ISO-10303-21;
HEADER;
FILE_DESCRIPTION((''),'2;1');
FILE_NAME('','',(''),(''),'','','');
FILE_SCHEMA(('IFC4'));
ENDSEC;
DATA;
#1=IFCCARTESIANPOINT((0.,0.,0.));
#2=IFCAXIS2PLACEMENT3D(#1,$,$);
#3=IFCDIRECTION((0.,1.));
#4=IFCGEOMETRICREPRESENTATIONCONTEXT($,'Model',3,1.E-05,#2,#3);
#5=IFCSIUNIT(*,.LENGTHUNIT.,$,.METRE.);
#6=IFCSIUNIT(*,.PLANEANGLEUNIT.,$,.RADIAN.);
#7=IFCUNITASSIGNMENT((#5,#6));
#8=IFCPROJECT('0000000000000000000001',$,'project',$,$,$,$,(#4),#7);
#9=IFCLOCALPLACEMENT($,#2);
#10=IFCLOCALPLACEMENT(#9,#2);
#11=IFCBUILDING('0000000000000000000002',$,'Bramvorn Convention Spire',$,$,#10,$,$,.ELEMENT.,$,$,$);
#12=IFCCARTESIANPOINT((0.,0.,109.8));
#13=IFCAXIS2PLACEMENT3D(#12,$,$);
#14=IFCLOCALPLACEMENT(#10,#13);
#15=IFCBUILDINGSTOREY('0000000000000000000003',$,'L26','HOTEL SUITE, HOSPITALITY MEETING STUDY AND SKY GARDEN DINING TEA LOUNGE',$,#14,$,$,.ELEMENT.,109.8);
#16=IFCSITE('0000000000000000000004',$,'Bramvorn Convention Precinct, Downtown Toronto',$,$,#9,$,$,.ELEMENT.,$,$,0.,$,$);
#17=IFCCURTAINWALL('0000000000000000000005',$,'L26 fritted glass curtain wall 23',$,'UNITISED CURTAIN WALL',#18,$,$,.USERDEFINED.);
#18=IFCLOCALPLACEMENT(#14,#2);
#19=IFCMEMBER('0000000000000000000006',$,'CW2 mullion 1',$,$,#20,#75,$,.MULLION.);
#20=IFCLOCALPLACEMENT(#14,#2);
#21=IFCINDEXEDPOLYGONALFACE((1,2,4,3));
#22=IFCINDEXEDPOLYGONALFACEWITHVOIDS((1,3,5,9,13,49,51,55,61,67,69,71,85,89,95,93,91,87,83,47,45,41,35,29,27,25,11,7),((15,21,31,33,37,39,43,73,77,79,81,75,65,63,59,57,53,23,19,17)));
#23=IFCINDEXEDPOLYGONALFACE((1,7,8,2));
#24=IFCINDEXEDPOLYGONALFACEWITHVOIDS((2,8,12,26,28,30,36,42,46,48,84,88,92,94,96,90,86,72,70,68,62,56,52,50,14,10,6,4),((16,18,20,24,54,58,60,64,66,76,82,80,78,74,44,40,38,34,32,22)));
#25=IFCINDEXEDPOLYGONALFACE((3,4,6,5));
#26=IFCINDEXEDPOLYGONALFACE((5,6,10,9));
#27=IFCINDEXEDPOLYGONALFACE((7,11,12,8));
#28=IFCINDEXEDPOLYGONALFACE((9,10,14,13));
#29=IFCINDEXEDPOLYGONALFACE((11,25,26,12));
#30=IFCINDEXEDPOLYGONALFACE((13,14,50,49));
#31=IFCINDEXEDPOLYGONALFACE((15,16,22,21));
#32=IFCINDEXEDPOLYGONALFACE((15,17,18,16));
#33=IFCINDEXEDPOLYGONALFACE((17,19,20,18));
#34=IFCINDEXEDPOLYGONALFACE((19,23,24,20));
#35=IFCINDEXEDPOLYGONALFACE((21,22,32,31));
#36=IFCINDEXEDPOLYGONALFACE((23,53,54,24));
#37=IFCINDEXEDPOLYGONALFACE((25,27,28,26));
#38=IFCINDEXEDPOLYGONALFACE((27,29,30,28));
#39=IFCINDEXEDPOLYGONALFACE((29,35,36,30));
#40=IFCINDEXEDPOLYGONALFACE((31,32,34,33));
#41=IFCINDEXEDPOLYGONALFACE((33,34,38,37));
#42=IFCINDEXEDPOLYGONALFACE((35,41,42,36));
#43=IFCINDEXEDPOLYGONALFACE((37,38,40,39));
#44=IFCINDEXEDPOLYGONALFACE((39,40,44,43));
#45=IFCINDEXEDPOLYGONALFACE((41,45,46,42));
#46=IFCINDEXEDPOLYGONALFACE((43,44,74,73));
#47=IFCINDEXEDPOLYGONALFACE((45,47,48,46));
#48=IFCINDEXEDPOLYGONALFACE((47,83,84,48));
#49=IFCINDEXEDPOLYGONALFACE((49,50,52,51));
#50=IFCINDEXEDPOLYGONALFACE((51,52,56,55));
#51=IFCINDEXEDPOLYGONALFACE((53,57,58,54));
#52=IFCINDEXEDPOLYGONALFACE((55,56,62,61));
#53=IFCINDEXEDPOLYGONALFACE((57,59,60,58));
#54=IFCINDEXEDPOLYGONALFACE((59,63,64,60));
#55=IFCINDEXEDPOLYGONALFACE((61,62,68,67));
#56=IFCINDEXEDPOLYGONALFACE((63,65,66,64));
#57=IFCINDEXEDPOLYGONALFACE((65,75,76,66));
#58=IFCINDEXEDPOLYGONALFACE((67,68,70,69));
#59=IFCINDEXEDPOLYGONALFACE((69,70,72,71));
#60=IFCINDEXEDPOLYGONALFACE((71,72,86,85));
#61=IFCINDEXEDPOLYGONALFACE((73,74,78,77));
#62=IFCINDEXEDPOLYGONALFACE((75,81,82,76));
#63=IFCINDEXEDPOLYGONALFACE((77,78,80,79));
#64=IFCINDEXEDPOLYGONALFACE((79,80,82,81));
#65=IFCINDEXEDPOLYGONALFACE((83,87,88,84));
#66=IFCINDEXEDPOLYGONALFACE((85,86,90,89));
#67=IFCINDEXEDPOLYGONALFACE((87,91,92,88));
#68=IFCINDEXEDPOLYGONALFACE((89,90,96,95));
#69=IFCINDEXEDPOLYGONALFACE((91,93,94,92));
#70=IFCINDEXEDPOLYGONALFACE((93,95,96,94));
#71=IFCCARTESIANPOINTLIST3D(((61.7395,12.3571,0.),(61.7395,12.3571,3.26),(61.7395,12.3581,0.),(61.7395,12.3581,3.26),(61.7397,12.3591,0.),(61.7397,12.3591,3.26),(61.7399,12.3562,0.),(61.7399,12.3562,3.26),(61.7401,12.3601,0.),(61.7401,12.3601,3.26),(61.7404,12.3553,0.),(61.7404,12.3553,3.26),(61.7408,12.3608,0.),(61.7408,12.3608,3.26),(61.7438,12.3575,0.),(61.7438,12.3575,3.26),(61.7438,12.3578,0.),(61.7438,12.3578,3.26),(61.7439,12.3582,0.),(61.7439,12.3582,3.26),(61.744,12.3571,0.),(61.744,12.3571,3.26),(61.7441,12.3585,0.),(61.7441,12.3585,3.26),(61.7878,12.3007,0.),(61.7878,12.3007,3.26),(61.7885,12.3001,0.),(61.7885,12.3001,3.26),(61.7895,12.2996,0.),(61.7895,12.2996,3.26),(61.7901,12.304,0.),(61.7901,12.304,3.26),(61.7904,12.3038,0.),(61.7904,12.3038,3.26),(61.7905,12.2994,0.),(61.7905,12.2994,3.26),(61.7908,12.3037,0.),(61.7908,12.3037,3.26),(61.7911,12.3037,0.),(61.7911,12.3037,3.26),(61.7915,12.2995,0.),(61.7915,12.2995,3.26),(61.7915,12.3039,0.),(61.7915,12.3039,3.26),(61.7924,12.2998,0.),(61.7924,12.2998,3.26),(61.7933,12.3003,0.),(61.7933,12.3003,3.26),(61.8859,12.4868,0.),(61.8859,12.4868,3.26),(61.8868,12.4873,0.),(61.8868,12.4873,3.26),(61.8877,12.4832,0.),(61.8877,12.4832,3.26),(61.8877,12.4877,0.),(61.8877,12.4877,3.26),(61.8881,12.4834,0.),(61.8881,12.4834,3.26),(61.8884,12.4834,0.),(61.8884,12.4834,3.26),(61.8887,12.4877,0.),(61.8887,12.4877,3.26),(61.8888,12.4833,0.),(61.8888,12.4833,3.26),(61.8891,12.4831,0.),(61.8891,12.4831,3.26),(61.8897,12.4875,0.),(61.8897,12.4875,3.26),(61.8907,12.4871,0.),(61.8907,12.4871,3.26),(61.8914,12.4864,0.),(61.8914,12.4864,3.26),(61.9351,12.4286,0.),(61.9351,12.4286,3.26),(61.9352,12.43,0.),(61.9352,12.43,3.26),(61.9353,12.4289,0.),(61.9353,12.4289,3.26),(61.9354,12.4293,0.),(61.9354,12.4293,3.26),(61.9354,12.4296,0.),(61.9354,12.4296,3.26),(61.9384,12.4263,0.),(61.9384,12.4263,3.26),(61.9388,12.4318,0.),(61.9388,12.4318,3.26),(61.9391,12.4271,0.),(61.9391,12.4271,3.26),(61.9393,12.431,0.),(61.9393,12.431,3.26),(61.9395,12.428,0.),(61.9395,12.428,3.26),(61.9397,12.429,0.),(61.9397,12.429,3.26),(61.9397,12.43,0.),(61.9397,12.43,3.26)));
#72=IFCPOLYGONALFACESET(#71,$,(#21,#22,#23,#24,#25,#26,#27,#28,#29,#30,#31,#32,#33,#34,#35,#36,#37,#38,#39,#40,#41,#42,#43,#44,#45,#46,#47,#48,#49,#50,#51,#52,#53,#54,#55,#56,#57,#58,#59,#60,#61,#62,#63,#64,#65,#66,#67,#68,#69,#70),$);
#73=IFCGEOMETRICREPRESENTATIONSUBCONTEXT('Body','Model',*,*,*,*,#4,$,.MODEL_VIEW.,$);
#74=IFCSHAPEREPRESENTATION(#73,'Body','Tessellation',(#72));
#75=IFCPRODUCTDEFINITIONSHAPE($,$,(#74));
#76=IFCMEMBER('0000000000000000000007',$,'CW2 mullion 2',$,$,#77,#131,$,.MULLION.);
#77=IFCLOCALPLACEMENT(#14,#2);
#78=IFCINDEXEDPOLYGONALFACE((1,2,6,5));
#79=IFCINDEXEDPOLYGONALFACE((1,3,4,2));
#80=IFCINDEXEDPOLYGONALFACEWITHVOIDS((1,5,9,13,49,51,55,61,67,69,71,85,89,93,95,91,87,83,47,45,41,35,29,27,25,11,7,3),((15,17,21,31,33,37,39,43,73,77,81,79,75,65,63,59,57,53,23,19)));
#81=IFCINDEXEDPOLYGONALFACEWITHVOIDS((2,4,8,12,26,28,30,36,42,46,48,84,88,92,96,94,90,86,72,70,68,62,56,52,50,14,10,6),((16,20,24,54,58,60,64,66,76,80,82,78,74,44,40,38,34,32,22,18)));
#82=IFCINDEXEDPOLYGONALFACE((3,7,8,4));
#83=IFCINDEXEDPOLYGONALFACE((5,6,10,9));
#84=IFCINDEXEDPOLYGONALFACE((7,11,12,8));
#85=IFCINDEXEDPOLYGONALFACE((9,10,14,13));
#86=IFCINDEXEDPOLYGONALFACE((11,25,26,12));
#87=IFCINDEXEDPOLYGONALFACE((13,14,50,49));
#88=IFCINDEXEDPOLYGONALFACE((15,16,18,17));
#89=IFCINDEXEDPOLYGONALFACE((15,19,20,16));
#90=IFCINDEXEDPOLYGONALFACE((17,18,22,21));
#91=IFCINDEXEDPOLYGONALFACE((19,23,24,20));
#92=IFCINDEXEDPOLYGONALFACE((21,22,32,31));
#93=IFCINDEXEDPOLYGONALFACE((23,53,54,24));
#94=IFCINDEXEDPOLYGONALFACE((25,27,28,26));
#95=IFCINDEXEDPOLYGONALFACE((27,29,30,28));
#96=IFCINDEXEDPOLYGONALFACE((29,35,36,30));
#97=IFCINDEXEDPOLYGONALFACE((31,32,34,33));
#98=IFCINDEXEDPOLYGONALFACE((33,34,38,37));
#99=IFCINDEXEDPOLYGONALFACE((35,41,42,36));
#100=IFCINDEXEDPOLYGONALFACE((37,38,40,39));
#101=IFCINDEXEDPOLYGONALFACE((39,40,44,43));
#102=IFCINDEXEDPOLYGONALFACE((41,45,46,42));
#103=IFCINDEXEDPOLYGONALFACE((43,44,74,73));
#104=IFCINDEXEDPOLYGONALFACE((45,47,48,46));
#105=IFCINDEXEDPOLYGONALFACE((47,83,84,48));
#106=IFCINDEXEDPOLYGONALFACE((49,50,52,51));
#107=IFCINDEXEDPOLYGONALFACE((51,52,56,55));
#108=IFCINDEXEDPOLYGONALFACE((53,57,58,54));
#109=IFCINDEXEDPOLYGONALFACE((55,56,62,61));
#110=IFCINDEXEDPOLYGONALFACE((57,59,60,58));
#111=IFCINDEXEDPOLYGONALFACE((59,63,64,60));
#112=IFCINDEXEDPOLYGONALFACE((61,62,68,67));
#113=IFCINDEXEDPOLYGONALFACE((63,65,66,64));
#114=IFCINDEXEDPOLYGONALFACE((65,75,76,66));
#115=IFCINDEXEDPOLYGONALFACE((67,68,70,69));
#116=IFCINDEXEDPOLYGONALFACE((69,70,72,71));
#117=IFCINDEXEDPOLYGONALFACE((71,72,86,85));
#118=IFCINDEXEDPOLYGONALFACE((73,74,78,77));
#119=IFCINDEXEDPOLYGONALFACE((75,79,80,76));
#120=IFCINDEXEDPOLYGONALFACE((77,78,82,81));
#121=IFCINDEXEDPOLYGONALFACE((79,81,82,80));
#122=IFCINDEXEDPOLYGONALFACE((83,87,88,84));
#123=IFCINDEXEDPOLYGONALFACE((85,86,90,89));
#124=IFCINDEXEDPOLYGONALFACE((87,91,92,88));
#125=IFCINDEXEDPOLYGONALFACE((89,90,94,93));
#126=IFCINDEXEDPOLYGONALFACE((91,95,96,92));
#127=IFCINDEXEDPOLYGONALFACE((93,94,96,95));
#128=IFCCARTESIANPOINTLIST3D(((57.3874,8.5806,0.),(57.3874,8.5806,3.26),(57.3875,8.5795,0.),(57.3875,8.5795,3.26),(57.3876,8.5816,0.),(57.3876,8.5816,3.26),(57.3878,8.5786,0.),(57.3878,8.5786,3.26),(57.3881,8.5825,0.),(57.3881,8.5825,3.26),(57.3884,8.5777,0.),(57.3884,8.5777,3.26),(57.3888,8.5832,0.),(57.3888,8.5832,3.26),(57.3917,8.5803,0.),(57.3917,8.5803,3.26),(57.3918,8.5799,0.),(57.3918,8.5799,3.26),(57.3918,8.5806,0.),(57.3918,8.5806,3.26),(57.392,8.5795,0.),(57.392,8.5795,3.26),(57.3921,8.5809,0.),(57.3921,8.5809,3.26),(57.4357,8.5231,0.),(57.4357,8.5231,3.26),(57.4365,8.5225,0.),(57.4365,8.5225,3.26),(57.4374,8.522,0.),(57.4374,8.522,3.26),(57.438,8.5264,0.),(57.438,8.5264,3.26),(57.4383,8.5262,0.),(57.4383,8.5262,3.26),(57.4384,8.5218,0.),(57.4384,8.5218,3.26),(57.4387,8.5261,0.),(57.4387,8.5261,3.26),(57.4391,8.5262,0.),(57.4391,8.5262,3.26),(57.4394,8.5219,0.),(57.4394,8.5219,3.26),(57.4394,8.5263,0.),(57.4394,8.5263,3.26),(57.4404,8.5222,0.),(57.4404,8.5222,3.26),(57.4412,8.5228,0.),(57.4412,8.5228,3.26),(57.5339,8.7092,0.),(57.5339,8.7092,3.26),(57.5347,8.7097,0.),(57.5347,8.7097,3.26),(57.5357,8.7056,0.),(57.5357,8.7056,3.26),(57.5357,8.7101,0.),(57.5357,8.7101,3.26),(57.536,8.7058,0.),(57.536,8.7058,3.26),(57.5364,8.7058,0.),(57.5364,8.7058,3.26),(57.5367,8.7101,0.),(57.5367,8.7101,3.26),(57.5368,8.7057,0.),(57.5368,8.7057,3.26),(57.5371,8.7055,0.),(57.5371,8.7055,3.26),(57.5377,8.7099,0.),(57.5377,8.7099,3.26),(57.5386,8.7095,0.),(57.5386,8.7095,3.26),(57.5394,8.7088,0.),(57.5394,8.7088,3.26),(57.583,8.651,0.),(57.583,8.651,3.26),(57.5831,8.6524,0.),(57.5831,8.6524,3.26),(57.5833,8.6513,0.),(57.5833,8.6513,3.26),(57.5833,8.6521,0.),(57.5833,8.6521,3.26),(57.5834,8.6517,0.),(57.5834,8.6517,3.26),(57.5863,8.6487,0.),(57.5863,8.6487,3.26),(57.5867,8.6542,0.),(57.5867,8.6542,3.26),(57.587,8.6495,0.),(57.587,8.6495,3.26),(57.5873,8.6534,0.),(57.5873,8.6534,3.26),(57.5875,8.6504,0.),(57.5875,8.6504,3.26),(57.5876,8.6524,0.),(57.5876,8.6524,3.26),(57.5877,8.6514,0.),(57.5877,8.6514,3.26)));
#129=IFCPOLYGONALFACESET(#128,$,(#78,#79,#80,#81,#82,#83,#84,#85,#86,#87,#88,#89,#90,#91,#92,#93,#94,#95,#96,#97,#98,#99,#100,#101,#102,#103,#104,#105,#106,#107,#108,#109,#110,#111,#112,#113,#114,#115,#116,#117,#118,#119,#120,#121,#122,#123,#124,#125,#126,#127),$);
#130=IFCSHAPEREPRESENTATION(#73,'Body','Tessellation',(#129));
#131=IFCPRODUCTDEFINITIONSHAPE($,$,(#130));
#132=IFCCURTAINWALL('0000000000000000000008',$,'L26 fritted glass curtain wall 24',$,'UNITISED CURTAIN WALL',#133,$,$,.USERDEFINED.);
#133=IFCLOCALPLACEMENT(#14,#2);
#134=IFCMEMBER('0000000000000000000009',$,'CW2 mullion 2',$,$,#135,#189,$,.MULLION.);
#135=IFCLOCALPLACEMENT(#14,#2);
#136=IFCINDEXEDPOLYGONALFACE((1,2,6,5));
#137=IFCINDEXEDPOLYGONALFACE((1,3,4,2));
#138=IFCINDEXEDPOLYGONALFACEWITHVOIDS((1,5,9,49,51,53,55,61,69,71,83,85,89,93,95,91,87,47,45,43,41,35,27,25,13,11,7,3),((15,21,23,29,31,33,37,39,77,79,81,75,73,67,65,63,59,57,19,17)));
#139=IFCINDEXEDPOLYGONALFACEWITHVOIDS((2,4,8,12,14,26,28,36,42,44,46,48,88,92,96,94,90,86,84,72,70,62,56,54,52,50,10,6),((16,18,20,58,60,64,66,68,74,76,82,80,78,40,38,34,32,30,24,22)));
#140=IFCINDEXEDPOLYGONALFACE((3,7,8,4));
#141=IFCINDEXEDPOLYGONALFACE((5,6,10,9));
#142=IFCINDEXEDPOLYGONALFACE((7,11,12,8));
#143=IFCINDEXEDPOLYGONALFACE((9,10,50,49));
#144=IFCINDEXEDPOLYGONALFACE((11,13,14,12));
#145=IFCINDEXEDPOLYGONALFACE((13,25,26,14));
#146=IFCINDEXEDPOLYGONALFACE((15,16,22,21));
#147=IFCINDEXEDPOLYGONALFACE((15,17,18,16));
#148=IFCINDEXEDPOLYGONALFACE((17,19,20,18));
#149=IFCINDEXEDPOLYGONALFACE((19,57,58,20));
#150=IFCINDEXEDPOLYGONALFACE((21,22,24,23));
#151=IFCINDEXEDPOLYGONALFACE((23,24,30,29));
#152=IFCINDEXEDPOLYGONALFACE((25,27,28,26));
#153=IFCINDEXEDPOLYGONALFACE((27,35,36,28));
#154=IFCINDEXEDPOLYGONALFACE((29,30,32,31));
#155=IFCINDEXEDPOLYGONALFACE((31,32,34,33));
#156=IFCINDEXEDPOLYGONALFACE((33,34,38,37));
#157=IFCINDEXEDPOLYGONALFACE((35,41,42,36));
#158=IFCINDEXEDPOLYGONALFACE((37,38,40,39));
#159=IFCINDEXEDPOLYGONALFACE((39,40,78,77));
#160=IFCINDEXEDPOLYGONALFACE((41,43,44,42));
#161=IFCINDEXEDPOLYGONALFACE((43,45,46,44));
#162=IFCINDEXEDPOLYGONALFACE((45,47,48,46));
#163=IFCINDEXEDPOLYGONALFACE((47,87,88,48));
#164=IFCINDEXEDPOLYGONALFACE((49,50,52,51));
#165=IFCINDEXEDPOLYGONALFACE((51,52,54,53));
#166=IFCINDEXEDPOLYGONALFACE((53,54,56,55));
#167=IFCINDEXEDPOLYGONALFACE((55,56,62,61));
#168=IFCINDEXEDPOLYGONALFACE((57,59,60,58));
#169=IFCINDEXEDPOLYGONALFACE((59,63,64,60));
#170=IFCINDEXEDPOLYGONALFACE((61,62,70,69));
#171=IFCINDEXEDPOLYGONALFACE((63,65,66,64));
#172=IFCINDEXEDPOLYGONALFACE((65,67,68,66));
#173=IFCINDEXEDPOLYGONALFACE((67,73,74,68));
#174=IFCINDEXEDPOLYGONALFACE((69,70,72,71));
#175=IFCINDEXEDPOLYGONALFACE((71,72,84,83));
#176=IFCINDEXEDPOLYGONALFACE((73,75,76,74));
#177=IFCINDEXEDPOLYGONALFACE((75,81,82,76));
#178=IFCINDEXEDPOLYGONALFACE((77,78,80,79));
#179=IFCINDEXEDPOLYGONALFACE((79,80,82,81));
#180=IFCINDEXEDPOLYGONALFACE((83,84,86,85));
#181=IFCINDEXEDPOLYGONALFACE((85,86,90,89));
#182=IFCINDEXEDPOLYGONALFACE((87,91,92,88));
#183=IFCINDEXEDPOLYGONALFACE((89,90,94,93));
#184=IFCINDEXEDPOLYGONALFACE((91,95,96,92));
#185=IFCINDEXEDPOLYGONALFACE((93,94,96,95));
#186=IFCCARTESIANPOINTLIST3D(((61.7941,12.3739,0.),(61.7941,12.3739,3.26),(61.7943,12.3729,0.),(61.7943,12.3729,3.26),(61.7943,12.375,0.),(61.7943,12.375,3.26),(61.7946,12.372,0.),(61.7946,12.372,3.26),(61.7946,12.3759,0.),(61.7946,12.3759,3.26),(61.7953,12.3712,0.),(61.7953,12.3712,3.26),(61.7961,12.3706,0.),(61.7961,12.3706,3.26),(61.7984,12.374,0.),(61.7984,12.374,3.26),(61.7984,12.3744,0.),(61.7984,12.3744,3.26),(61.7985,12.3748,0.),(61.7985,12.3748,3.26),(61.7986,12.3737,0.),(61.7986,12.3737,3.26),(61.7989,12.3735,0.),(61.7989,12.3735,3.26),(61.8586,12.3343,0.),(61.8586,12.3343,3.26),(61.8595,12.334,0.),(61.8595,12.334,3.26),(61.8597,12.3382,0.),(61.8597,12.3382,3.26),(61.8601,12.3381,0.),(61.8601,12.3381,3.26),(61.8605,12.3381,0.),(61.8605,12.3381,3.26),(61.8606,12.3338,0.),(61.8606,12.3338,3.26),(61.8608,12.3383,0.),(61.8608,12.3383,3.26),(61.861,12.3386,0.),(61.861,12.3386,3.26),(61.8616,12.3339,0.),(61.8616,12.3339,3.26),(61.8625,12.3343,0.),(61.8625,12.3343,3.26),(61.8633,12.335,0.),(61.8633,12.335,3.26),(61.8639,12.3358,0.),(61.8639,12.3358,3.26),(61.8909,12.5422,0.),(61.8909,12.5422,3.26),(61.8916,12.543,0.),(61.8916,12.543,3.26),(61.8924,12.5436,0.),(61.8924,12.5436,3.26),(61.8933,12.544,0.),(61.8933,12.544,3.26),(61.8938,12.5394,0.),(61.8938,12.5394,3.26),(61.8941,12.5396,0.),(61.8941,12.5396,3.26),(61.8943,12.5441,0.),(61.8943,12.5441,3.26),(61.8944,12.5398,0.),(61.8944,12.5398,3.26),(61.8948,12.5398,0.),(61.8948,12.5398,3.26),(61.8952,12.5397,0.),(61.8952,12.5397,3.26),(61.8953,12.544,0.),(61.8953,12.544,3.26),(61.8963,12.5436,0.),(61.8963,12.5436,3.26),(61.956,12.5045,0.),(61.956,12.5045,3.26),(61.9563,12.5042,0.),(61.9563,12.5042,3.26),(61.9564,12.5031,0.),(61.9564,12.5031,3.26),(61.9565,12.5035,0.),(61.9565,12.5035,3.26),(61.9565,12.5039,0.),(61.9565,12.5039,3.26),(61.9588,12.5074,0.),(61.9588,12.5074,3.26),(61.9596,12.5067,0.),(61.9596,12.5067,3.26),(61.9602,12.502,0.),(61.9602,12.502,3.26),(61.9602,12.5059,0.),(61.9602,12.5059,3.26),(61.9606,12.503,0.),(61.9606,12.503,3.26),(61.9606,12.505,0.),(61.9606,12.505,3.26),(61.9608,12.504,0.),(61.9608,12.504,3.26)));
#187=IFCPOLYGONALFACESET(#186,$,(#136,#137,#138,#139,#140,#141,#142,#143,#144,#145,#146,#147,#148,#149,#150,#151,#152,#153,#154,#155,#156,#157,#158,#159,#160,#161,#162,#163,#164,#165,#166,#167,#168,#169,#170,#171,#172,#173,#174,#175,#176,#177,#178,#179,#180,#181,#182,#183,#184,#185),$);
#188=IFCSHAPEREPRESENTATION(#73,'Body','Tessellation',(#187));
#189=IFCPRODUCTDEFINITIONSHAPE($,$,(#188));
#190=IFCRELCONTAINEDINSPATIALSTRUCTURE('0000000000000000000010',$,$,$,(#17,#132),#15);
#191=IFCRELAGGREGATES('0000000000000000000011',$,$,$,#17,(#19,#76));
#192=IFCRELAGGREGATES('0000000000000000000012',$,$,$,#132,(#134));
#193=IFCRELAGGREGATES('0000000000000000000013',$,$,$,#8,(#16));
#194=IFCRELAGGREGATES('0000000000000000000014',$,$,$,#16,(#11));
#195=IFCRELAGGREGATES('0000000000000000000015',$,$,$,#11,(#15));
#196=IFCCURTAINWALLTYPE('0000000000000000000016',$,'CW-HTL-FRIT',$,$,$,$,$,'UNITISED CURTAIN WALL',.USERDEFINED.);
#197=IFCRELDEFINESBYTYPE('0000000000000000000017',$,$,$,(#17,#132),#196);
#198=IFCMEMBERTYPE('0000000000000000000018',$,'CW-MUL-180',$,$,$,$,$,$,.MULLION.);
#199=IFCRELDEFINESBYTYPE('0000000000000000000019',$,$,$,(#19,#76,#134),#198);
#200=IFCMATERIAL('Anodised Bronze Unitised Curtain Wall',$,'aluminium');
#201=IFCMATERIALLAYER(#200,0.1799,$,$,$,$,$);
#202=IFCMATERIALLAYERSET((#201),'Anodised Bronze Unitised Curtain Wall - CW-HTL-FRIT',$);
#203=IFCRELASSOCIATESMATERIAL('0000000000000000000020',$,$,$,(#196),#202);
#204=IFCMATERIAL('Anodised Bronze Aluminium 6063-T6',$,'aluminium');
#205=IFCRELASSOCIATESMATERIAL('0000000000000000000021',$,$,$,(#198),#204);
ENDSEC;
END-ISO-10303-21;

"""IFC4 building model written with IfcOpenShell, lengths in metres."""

from ifc_helpers import new_model, si_unit, direction, frame, origin, origin_2d, place, context, subcontext, project, spatial, hollow_rectangle, extrude, material, layer, layer_set, material_profile, profile_set, type_object, element, aggregate, save


model = new_model("IFC4")

# Units and contexts
model_context = context("Model", 3, precision=1e-05, world=origin(), true_north=direction((0.0, 1.0)))
body_context = subcontext(model_context, "Body", "Model", "MODEL_VIEW")
ifc_project = project(units=[si_unit("LENGTHUNIT", "METRE"), si_unit("PLANEANGLEUNIT", "RADIAN")], contexts=[model_context])

# Site, building, storey
site_placement = place(None, origin())
site = spatial("IfcSite", under=ifc_project, at=site_placement, Name="Bramvorn Convention Precinct, Downtown Toronto", CompositionType="ELEMENT", RefElevation=0.0)
building_placement = place(site_placement, origin())
building = spatial("IfcBuilding", under=site, at=building_placement, Name="Bramvorn Convention Spire", CompositionType="ELEMENT")
storey_placement = place(building_placement, frame((0.0, 0.0, 109.8)))
storey = spatial("IfcBuildingStorey", under=building, at=storey_placement, Name="L26", Description="HOTEL SUITE, HOSPITALITY MEETING STUDY AND SKY GARDEN DINING TEA LOUNGE", CompositionType="ELEMENT", Elevation=109.8)

# Curtain wall, members
ifc_material_1 = material(Name="Anodised Bronze Unitised Curtain Wall", Category="aluminium")
ifc_layer_1 = layer(ifc_material_1, 0.1799)
ifc_layer_set_1 = layer_set([ifc_layer_1], Name="Anodised Bronze Unitised Curtain Wall - CW-HTL-FRIT")
curtain_wall_type = type_object("IfcCurtainWallType", Name="CW-HTL-FRIT", ElementType="UNITISED CURTAIN WALL", PredefinedType="USERDEFINED", material=ifc_layer_set_1)
curtain_wall_1_placement = place(storey_placement, origin())
curtain_wall_1 = element("IfcCurtainWall", 1, at=curtain_wall_1_placement, inside=storey, type_object=curtain_wall_type, Name="L26 fritted glass curtain wall 23", ObjectType="UNITISED CURTAIN WALL", PredefinedType="USERDEFINED")
ifc_material_2 = material(Name="Anodised Bronze Aluminium 6063-T6", Category="aluminium")
ifc_material_profile_1 = material_profile(ifc_material_2, hollow_rectangle(XDim=0.0801, YDim=0.2, WallThickness=0.0039, InnerFilletRadius=0.001, OuterFilletRadius=0.0039, at=origin_2d()))
ifc_profile_set_1 = profile_set([ifc_material_profile_1], Name="Anodised Bronze Aluminium 6063-T6 - CWM80X200")
member_type_1 = type_object("IfcMemberType", Name="CW-MUL-180", PredefinedType="MULLION", material=ifc_profile_set_1)
member_1_placement = place(storey_placement, frame((61.8396, 12.3936, 0.0), z_axis=(0.0, 0.0, 1.0), x_axis=(0.65551, -0.755187, 0.0)))
member_1 = element("IfcMember", 2, at=member_1_placement, type_object=member_type_1, Name="CW2 mullion 1", PredefinedType="MULLION", context=body_context, shape_type="SweptSolid", body=[
    extrude(hollow_rectangle(XDim=0.0801, YDim=0.2, WallThickness=0.0039, InnerFilletRadius=0.001, OuterFilletRadius=0.0039, at=origin_2d()), origin(), (0.0, 0.0, 1.0), 3.26),
])
member_2_placement = place(storey_placement, frame((57.4875, 8.616, 0.0), z_axis=(0.0, 0.0, 1.0), x_axis=(0.65551, -0.755187, 0.0)))
member_2 = element("IfcMember", 3, at=member_2_placement, type_object=member_type_1, Name="CW2 mullion 2", PredefinedType="MULLION", context=body_context, shape_type="SweptSolid", body=[
    extrude(hollow_rectangle(XDim=0.0801, YDim=0.2, WallThickness=0.0039, InnerFilletRadius=0.001, OuterFilletRadius=0.0039, at=origin_2d()), origin(), (0.0, 0.0, 1.0), 3.26),
])

# Curtain wall, member
curtain_wall_2_placement = place(storey_placement, origin())
curtain_wall_2 = element("IfcCurtainWall", 4, at=curtain_wall_2_placement, inside=storey, type_object=curtain_wall_type, Name="L26 fritted glass curtain wall 24", ObjectType="UNITISED CURTAIN WALL", PredefinedType="USERDEFINED")
member_3_placement = place(storey_placement, frame((61.8774, 12.439, 0.0), z_axis=(0.0, 0.0, 1.0), x_axis=(0.865337, -0.50119, 0.0)))
member_3 = element("IfcMember", 5, at=member_3_placement, type_object=member_type_1, Name="CW2 mullion 2", PredefinedType="MULLION", context=body_context, shape_type="SweptSolid", body=[
    extrude(hollow_rectangle(XDim=0.0801, YDim=0.2, WallThickness=0.0039, InnerFilletRadius=0.001, OuterFilletRadius=0.0039, at=origin_2d()), origin(), (0.0, 0.0, 1.0), 3.26),
])

aggregate(curtain_wall_1, [member_1, member_2])
aggregate(curtain_wall_2, [member_3])

save(model, "model.ifc")
